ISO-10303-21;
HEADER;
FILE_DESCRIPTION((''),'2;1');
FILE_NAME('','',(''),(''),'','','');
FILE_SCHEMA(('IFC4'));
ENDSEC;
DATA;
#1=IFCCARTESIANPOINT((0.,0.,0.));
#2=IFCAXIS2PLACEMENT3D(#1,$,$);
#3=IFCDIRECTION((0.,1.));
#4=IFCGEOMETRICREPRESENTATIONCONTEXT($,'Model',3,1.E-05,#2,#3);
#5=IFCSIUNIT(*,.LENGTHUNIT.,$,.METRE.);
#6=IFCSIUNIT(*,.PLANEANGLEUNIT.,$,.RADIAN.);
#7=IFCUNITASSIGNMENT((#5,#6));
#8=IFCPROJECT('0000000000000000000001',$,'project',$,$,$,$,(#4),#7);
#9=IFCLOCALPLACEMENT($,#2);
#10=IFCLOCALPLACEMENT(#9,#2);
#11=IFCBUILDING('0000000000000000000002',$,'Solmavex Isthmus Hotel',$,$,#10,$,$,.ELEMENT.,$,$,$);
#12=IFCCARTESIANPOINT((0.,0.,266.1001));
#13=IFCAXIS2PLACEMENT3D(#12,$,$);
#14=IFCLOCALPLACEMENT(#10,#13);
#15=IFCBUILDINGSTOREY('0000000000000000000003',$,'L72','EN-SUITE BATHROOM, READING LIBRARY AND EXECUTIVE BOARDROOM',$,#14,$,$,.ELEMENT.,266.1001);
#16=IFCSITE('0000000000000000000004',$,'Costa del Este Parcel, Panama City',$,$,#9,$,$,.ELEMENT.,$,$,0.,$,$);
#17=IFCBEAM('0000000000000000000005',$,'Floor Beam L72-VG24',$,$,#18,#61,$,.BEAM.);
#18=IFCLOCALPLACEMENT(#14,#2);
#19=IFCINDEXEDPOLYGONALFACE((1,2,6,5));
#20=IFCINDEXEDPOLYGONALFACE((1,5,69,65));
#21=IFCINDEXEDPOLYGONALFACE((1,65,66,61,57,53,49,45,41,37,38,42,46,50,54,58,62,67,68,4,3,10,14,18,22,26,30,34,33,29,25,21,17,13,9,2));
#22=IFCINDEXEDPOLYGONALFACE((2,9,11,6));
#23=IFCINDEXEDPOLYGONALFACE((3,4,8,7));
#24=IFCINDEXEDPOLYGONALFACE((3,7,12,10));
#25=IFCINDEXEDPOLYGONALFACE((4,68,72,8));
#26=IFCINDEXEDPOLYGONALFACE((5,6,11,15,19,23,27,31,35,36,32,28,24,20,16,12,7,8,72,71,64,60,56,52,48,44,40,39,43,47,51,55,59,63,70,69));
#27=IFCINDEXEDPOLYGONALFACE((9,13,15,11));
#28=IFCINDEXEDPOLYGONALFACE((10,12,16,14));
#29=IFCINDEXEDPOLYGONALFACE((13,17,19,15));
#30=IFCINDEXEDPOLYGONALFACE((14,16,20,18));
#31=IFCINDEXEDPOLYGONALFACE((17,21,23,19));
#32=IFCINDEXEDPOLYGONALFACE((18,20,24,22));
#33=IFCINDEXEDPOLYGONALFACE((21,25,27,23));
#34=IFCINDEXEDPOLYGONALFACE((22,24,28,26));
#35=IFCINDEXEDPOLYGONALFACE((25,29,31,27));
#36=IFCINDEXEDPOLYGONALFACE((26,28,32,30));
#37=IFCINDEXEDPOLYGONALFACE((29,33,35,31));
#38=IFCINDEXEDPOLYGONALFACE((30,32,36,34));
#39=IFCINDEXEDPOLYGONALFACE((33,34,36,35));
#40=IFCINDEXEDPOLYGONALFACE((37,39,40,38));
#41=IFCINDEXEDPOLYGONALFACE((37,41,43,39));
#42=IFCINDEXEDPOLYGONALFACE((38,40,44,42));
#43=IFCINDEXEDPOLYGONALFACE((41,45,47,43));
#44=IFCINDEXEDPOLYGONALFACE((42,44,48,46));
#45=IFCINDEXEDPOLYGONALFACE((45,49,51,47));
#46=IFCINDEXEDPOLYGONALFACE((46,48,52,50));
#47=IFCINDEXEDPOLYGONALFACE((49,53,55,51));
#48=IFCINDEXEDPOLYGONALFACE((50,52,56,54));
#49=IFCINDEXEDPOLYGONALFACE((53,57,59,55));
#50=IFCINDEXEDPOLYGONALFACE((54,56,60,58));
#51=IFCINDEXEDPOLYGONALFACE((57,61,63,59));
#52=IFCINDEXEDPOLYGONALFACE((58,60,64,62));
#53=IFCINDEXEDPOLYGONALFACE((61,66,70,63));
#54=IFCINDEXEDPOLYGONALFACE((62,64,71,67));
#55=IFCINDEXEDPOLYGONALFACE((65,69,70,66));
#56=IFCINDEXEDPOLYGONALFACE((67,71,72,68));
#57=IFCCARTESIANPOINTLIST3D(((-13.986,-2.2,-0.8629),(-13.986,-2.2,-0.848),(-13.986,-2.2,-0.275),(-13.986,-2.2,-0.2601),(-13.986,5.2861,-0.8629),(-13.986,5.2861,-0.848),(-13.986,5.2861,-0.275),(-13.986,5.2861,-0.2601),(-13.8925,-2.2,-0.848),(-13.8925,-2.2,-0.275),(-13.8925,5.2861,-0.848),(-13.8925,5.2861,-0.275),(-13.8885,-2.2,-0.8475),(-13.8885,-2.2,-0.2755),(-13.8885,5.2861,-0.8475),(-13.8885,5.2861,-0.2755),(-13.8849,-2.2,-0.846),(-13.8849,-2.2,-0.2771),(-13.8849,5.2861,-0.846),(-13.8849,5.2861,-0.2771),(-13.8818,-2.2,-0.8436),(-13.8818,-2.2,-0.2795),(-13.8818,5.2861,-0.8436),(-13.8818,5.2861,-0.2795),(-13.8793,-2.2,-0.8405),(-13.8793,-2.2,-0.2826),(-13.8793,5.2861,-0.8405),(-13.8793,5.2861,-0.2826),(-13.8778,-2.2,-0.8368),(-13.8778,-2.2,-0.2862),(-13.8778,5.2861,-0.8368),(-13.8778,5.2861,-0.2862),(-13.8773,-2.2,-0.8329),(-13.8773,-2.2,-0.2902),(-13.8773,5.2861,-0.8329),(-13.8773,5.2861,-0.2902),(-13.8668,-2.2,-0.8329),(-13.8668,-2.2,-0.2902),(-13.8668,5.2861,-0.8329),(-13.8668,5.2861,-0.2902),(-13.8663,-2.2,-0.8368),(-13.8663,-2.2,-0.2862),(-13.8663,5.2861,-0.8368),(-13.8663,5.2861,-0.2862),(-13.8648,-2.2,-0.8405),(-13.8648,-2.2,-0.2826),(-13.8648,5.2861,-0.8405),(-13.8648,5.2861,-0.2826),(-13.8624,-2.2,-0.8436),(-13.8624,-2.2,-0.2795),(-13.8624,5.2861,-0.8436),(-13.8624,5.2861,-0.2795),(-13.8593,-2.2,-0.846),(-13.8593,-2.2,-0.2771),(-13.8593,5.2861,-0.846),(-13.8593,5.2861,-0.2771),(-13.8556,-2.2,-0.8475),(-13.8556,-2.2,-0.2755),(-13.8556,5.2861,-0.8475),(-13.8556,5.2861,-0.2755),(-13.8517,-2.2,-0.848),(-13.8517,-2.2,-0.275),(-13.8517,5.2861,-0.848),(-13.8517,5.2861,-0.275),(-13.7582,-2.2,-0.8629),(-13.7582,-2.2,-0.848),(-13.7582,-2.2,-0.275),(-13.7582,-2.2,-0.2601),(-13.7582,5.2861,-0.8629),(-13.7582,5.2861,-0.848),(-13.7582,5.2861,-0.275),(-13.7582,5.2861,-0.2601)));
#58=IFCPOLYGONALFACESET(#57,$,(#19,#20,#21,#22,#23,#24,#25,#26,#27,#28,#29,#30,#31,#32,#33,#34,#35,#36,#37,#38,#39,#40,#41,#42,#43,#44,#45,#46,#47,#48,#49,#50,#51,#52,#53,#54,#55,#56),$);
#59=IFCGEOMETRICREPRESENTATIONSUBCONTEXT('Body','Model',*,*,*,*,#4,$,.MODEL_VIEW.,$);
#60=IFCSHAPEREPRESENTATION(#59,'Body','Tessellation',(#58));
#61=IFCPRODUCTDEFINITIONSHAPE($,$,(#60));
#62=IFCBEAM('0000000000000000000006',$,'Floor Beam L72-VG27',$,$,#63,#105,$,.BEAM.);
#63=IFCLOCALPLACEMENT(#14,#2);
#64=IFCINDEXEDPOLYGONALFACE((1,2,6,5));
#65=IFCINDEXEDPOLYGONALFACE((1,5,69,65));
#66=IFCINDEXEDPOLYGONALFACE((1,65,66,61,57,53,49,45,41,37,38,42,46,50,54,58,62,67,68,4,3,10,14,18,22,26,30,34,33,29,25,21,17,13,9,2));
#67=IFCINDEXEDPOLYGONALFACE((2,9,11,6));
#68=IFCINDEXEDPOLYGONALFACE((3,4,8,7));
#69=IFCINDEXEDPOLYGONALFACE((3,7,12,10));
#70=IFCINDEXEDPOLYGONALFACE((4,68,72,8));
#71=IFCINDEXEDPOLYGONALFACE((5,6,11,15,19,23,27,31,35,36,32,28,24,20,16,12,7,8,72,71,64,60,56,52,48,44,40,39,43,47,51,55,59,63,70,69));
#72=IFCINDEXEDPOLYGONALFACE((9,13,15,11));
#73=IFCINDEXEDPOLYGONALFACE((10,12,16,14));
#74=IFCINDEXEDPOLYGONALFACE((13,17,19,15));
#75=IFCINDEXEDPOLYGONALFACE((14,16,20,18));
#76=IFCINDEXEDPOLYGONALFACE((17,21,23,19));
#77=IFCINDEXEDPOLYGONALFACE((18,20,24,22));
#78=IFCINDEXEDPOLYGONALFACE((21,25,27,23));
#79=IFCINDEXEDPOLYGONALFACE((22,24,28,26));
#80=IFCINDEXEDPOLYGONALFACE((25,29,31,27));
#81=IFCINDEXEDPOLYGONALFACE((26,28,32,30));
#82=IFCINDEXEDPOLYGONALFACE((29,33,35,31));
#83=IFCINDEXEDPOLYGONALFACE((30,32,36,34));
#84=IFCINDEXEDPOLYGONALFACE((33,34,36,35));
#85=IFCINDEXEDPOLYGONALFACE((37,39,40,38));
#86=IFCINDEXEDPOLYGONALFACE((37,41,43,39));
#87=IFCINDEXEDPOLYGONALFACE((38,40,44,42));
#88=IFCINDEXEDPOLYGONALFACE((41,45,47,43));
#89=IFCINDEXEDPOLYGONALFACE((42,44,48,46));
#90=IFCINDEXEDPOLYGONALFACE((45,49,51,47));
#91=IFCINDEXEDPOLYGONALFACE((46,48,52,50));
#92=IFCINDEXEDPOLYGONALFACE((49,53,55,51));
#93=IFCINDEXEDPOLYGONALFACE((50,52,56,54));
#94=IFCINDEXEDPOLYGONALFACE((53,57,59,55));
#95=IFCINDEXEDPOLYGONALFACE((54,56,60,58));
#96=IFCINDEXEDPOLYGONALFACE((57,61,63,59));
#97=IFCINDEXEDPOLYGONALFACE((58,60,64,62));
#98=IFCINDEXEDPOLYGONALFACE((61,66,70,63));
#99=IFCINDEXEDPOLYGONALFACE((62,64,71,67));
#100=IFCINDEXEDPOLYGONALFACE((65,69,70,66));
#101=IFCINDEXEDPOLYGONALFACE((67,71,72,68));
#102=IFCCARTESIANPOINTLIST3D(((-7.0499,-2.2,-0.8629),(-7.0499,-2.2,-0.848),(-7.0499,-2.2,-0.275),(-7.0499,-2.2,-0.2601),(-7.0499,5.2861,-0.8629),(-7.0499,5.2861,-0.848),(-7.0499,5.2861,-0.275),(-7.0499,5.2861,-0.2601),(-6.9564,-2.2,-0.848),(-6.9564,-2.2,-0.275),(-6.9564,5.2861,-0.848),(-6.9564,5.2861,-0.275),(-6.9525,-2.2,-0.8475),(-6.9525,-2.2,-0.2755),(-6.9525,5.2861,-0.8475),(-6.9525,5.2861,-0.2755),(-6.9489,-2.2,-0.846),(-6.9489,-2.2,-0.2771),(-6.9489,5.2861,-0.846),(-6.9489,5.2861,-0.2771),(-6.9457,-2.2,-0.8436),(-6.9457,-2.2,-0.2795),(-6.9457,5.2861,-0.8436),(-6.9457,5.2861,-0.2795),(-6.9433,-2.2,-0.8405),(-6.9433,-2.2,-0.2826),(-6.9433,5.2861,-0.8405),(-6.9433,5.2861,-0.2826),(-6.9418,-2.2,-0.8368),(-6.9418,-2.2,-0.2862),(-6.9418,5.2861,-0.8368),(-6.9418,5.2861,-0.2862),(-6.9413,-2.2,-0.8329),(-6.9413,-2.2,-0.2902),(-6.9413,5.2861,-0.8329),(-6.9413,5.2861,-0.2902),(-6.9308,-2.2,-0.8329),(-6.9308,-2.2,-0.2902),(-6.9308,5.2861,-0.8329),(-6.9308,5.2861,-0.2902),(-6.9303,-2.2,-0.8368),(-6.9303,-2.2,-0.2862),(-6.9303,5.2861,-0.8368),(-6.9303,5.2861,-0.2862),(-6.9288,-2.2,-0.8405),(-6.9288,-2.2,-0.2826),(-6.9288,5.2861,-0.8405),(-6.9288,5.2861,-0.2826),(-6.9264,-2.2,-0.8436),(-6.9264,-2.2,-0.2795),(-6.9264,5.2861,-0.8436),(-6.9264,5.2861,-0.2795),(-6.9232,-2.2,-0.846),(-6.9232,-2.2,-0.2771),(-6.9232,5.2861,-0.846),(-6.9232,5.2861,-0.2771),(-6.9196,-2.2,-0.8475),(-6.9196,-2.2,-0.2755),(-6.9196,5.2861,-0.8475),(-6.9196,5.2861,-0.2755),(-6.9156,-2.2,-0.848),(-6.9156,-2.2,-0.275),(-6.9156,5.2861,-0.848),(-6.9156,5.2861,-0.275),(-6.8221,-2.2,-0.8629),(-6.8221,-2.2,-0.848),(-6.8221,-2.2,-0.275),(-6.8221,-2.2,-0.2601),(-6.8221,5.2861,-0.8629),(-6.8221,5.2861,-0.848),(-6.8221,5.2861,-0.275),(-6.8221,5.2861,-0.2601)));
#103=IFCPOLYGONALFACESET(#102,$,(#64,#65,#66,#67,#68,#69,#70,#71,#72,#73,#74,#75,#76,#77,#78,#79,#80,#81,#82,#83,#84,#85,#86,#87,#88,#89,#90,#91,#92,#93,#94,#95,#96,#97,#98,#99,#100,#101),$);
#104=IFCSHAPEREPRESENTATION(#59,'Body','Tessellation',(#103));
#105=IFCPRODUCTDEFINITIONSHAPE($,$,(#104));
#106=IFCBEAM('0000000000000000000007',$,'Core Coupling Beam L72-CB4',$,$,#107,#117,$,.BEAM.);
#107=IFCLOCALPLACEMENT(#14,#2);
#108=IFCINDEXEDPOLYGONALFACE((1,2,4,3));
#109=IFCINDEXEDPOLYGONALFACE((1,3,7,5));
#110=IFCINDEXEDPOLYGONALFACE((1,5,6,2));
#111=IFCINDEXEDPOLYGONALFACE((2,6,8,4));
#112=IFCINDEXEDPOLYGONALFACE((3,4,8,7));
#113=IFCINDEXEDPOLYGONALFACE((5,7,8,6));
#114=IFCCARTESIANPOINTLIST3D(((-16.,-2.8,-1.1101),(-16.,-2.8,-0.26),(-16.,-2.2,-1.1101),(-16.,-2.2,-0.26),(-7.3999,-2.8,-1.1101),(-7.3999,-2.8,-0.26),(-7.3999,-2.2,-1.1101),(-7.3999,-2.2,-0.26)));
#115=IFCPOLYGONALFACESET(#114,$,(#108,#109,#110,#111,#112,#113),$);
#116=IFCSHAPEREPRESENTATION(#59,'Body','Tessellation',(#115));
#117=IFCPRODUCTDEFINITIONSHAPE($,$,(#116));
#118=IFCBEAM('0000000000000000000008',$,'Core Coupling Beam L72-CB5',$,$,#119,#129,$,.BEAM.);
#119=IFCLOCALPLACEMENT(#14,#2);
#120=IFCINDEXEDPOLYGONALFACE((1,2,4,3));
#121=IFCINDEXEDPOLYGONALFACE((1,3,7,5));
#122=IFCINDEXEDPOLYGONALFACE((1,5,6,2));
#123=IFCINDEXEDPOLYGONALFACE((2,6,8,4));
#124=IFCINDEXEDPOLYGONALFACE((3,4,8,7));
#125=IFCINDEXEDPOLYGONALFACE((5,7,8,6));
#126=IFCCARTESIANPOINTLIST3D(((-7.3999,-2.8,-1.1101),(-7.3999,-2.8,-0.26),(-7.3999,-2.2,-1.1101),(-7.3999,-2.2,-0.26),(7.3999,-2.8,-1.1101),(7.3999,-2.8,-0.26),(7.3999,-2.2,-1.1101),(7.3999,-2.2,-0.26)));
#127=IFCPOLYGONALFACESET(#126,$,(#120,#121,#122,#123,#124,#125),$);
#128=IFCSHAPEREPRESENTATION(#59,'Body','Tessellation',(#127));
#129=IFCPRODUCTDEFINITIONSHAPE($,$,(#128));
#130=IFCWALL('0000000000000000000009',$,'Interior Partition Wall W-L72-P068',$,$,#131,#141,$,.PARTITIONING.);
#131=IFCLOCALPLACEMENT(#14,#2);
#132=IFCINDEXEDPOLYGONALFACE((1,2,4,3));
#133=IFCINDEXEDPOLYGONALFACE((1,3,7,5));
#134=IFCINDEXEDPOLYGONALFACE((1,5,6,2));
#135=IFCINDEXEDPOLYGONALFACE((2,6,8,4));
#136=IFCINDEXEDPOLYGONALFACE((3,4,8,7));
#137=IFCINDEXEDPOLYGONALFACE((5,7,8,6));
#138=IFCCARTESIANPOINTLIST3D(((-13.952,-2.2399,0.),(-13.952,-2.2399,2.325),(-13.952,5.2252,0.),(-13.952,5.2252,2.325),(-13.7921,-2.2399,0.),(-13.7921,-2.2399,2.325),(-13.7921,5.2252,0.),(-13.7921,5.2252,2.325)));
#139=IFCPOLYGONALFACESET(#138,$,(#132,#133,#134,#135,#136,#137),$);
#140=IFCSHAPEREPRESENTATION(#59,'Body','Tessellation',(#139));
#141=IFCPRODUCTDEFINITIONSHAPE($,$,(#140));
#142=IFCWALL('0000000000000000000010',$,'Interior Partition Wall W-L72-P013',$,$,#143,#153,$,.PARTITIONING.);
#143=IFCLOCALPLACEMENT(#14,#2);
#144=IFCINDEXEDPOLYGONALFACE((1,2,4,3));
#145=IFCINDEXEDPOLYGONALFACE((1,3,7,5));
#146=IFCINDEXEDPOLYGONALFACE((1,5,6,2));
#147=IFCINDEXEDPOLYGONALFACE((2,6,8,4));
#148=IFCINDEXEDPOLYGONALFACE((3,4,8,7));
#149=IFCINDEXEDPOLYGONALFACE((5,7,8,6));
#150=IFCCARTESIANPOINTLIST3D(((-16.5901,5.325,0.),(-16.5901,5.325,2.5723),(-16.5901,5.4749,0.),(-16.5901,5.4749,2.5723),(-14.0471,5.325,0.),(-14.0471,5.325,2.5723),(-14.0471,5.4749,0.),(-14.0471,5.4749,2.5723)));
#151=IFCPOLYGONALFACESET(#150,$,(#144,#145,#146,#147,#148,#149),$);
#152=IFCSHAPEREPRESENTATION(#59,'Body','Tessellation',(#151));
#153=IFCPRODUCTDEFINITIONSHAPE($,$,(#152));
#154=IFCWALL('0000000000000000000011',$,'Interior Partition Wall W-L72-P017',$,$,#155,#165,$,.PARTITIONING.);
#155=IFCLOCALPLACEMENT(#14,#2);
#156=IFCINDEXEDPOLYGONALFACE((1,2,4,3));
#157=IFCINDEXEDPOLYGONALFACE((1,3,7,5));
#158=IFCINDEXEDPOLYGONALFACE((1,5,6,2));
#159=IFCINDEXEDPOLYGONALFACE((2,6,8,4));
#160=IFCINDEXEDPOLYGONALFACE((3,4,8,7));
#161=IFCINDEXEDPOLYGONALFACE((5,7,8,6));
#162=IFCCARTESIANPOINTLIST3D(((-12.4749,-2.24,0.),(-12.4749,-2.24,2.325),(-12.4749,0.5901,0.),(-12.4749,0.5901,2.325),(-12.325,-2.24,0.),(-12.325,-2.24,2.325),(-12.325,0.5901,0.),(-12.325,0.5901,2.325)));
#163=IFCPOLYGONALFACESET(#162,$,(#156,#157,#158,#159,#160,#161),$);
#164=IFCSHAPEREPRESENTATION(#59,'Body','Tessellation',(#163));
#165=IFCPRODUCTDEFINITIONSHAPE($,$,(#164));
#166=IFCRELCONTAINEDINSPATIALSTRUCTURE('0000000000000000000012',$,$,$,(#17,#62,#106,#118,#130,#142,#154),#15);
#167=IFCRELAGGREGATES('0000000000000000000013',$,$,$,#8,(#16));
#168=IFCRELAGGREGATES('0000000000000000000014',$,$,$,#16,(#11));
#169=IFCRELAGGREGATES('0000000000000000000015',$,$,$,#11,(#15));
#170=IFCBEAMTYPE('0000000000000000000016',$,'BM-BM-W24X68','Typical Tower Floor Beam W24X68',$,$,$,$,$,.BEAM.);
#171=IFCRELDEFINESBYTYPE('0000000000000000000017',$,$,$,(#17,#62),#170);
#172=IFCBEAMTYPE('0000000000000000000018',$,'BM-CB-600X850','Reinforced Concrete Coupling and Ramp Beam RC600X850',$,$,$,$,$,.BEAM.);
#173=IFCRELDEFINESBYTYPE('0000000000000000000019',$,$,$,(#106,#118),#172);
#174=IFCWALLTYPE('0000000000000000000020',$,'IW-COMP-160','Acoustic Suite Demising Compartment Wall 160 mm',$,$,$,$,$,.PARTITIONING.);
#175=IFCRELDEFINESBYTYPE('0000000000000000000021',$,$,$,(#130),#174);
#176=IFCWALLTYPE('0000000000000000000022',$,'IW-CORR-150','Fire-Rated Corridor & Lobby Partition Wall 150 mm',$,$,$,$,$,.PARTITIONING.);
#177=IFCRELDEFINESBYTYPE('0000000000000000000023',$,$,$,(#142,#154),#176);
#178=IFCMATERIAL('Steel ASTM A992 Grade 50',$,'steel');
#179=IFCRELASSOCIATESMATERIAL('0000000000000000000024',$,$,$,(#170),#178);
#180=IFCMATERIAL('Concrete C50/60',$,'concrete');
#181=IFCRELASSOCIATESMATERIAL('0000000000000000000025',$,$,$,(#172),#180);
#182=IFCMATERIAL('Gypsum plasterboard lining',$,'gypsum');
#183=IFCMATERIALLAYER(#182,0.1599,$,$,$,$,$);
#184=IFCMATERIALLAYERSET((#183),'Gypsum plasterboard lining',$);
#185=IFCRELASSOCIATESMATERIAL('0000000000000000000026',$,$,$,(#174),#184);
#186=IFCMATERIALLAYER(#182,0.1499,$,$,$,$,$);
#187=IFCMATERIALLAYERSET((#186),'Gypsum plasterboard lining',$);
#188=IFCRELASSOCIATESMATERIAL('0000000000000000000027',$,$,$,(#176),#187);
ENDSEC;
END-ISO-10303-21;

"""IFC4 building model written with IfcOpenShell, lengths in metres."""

from ifc_helpers import new_model, si_unit, direction, frame, frame_2d, origin, origin_2d, place, context, subcontext, project, spatial, rectangle, i_section, extrude, material, layer, layer_set, material_profile, profile_set, type_object, element, save


model = new_model("IFC4")

# Units and contexts
model_context = context("Model", 3, precision=1e-05, world=origin(), true_north=direction((0.0, 1.0)))
body_context = subcontext(model_context, "Body", "Model", "MODEL_VIEW")
ifc_project = project(units=[si_unit("LENGTHUNIT", "METRE"), si_unit("PLANEANGLEUNIT", "RADIAN")], contexts=[model_context])

# Site, building, storey
site_placement = place(None, origin())
site = spatial("IfcSite", under=ifc_project, at=site_placement, Name="Costa del Este Parcel, Panama City", CompositionType="ELEMENT", RefElevation=0.0)
building_placement = place(site_placement, origin())
building = spatial("IfcBuilding", under=site, at=building_placement, Name="Solmavex Isthmus Hotel", CompositionType="ELEMENT")
storey_placement = place(building_placement, frame((0.0, 0.0, 266.1001)))
storey = spatial("IfcBuildingStorey", under=building, at=storey_placement, Name="L72", Description="EN-SUITE BATHROOM, READING LIBRARY AND EXECUTIVE BOARDROOM", CompositionType="ELEMENT", Elevation=266.1001)

# Shared definitions
ifc_material_1 = material(Name="Concrete C50/60", Category="concrete")

# Beams
ifc_material_2 = material(Name="Steel ASTM A992 Grade 50", Category="steel")
ifc_material_profile_1 = material_profile(ifc_material_2, i_section(OverallWidth=0.2278, OverallDepth=0.6028, WebThickness=0.0105, FlangeThickness=0.0149, FilletRadius=0.0151, at=origin_2d()), Name="W24X68")
ifc_profile_set_1 = profile_set([ifc_material_profile_1], Name="Steel ASTM A992 Grade 50")
beam_type_1 = type_object("IfcBeamType", Name="BM-BM-W24X68", Description="Typical Tower Floor Beam W24X68", PredefinedType="BEAM", material=ifc_profile_set_1)
for number, where, z_axis, x_axis, name in (
    (1, (-13.8721, -2.2, -0.5615), (0.0, 1.0, 0.0), (-1.0, 0.0, 0.0), "Floor Beam L72-VG24"),
    (2, (-6.936, -2.2, -0.5615), (0.0, 1.0, 0.0), (-1.0, 0.0, 0.0), "Floor Beam L72-VG27"),
):
    element("IfcBeam", number, at=place(storey_placement, frame(where, z_axis=z_axis, x_axis=x_axis)), inside=storey, type_object=beam_type_1, Name=name, PredefinedType="BEAM", context=body_context, shape_type="SweptSolid", body=[
        extrude(i_section(OverallWidth=0.2278, OverallDepth=0.6028, WebThickness=0.0105, FlangeThickness=0.0149, FilletRadius=0.0151, at=origin_2d()), origin(), (0.0, 0.0, 1.0), 7.4861),
    ])
ifc_material_profile_2 = material_profile(ifc_material_1, rectangle(XDim=0.6001, YDim=0.8501, at=origin_2d()), Name="RC600X850")
ifc_profile_set_2 = profile_set([ifc_material_profile_2], Name="Concrete C50/60")
beam_type_2 = type_object("IfcBeamType", Name="BM-CB-600X850", Description="Reinforced Concrete Coupling and Ramp Beam RC600X850", PredefinedType="BEAM", material=ifc_profile_set_2)
beam_1_placement = place(storey_placement, frame((-16.0, -2.5, -0.6851), z_axis=(1.0, 0.0, 0.0), x_axis=(0.0, 1.0, 0.0)))
element("IfcBeam", 3, at=beam_1_placement, inside=storey, type_object=beam_type_2, Name="Core Coupling Beam L72-CB4", PredefinedType="BEAM", context=body_context, shape_type="SweptSolid", body=[
    extrude(rectangle(XDim=0.6001, YDim=0.8501, at=origin_2d()), origin(), (0.0, 0.0, 1.0), 8.6001),
])
beam_2_placement = place(storey_placement, frame((-7.3999, -2.5, -0.6851), z_axis=(1.0, 0.0, 0.0), x_axis=(0.0, 1.0, 0.0)))
element("IfcBeam", 4, at=beam_2_placement, inside=storey, type_object=beam_type_2, Name="Core Coupling Beam L72-CB5", PredefinedType="BEAM", context=body_context, shape_type="SweptSolid", body=[
    extrude(rectangle(XDim=0.6001, YDim=0.8501, at=origin_2d()), origin(), (0.0, 0.0, 1.0), 14.7998),
])

# Walls
ifc_material_3 = material(Name="Gypsum plasterboard lining", Category="gypsum")
ifc_layer_1 = layer(ifc_material_3, 0.1599)
ifc_layer_set_1 = layer_set([ifc_layer_1], Name="Gypsum plasterboard lining")
wall_type_1 = type_object("IfcWallType", Name="IW-COMP-160", Description="Acoustic Suite Demising Compartment Wall 160 mm", PredefinedType="PARTITIONING", material=ifc_layer_set_1)
wall_1_placement = place(storey_placement, frame((-13.8721, 5.2251, 0.0), z_axis=(0.0, 0.0, 1.0), x_axis=(0.0, -1.0, 0.0)))
element("IfcWall", 5, at=wall_1_placement, inside=storey, type_object=wall_type_1, Name="Interior Partition Wall W-L72-P068", PredefinedType="PARTITIONING", context=body_context, shape_type="SweptSolid", body=[
    extrude(rectangle(XDim=7.4651, YDim=0.1599, at=frame_2d((3.7324, 0.0))), origin(), (0.0, 0.0, 1.0), 2.325),
])
ifc_layer_2 = layer(ifc_material_3, 0.1499)
ifc_layer_set_2 = layer_set([ifc_layer_2], Name="Gypsum plasterboard lining")
wall_type_2 = type_object("IfcWallType", Name="IW-CORR-150", Description="Fire-Rated Corridor & Lobby Partition Wall 150 mm", PredefinedType="PARTITIONING", material=ifc_layer_set_2)
wall_2_placement = place(storey_placement, frame((-14.0471, 5.3999, 0.0), z_axis=(0.0, 0.0, 1.0), x_axis=(-1.0, 0.0, 0.0)))
element("IfcWall", 6, at=wall_2_placement, inside=storey, type_object=wall_type_2, Name="Interior Partition Wall W-L72-P013", PredefinedType="PARTITIONING", context=body_context, shape_type="SweptSolid", body=[
    extrude(rectangle(XDim=2.543, YDim=0.1499, at=frame_2d((1.2715, 0.0))), origin(), (0.0, 0.0, 1.0), 2.5723),
])
wall_3_placement = place(storey_placement, frame((-12.3999, -2.24, 0.0), z_axis=(0.0, 0.0, 1.0), x_axis=(0.0, 1.0, 0.0)))
element("IfcWall", 7, at=wall_3_placement, inside=storey, type_object=wall_type_2, Name="Interior Partition Wall W-L72-P017", PredefinedType="PARTITIONING", context=body_context, shape_type="SweptSolid", body=[
    extrude(rectangle(XDim=2.8301, YDim=0.1499, at=frame_2d((1.415, 0.0))), origin(), (0.0, 0.0, 1.0), 2.325),
])

save(model, "model.ifc")
